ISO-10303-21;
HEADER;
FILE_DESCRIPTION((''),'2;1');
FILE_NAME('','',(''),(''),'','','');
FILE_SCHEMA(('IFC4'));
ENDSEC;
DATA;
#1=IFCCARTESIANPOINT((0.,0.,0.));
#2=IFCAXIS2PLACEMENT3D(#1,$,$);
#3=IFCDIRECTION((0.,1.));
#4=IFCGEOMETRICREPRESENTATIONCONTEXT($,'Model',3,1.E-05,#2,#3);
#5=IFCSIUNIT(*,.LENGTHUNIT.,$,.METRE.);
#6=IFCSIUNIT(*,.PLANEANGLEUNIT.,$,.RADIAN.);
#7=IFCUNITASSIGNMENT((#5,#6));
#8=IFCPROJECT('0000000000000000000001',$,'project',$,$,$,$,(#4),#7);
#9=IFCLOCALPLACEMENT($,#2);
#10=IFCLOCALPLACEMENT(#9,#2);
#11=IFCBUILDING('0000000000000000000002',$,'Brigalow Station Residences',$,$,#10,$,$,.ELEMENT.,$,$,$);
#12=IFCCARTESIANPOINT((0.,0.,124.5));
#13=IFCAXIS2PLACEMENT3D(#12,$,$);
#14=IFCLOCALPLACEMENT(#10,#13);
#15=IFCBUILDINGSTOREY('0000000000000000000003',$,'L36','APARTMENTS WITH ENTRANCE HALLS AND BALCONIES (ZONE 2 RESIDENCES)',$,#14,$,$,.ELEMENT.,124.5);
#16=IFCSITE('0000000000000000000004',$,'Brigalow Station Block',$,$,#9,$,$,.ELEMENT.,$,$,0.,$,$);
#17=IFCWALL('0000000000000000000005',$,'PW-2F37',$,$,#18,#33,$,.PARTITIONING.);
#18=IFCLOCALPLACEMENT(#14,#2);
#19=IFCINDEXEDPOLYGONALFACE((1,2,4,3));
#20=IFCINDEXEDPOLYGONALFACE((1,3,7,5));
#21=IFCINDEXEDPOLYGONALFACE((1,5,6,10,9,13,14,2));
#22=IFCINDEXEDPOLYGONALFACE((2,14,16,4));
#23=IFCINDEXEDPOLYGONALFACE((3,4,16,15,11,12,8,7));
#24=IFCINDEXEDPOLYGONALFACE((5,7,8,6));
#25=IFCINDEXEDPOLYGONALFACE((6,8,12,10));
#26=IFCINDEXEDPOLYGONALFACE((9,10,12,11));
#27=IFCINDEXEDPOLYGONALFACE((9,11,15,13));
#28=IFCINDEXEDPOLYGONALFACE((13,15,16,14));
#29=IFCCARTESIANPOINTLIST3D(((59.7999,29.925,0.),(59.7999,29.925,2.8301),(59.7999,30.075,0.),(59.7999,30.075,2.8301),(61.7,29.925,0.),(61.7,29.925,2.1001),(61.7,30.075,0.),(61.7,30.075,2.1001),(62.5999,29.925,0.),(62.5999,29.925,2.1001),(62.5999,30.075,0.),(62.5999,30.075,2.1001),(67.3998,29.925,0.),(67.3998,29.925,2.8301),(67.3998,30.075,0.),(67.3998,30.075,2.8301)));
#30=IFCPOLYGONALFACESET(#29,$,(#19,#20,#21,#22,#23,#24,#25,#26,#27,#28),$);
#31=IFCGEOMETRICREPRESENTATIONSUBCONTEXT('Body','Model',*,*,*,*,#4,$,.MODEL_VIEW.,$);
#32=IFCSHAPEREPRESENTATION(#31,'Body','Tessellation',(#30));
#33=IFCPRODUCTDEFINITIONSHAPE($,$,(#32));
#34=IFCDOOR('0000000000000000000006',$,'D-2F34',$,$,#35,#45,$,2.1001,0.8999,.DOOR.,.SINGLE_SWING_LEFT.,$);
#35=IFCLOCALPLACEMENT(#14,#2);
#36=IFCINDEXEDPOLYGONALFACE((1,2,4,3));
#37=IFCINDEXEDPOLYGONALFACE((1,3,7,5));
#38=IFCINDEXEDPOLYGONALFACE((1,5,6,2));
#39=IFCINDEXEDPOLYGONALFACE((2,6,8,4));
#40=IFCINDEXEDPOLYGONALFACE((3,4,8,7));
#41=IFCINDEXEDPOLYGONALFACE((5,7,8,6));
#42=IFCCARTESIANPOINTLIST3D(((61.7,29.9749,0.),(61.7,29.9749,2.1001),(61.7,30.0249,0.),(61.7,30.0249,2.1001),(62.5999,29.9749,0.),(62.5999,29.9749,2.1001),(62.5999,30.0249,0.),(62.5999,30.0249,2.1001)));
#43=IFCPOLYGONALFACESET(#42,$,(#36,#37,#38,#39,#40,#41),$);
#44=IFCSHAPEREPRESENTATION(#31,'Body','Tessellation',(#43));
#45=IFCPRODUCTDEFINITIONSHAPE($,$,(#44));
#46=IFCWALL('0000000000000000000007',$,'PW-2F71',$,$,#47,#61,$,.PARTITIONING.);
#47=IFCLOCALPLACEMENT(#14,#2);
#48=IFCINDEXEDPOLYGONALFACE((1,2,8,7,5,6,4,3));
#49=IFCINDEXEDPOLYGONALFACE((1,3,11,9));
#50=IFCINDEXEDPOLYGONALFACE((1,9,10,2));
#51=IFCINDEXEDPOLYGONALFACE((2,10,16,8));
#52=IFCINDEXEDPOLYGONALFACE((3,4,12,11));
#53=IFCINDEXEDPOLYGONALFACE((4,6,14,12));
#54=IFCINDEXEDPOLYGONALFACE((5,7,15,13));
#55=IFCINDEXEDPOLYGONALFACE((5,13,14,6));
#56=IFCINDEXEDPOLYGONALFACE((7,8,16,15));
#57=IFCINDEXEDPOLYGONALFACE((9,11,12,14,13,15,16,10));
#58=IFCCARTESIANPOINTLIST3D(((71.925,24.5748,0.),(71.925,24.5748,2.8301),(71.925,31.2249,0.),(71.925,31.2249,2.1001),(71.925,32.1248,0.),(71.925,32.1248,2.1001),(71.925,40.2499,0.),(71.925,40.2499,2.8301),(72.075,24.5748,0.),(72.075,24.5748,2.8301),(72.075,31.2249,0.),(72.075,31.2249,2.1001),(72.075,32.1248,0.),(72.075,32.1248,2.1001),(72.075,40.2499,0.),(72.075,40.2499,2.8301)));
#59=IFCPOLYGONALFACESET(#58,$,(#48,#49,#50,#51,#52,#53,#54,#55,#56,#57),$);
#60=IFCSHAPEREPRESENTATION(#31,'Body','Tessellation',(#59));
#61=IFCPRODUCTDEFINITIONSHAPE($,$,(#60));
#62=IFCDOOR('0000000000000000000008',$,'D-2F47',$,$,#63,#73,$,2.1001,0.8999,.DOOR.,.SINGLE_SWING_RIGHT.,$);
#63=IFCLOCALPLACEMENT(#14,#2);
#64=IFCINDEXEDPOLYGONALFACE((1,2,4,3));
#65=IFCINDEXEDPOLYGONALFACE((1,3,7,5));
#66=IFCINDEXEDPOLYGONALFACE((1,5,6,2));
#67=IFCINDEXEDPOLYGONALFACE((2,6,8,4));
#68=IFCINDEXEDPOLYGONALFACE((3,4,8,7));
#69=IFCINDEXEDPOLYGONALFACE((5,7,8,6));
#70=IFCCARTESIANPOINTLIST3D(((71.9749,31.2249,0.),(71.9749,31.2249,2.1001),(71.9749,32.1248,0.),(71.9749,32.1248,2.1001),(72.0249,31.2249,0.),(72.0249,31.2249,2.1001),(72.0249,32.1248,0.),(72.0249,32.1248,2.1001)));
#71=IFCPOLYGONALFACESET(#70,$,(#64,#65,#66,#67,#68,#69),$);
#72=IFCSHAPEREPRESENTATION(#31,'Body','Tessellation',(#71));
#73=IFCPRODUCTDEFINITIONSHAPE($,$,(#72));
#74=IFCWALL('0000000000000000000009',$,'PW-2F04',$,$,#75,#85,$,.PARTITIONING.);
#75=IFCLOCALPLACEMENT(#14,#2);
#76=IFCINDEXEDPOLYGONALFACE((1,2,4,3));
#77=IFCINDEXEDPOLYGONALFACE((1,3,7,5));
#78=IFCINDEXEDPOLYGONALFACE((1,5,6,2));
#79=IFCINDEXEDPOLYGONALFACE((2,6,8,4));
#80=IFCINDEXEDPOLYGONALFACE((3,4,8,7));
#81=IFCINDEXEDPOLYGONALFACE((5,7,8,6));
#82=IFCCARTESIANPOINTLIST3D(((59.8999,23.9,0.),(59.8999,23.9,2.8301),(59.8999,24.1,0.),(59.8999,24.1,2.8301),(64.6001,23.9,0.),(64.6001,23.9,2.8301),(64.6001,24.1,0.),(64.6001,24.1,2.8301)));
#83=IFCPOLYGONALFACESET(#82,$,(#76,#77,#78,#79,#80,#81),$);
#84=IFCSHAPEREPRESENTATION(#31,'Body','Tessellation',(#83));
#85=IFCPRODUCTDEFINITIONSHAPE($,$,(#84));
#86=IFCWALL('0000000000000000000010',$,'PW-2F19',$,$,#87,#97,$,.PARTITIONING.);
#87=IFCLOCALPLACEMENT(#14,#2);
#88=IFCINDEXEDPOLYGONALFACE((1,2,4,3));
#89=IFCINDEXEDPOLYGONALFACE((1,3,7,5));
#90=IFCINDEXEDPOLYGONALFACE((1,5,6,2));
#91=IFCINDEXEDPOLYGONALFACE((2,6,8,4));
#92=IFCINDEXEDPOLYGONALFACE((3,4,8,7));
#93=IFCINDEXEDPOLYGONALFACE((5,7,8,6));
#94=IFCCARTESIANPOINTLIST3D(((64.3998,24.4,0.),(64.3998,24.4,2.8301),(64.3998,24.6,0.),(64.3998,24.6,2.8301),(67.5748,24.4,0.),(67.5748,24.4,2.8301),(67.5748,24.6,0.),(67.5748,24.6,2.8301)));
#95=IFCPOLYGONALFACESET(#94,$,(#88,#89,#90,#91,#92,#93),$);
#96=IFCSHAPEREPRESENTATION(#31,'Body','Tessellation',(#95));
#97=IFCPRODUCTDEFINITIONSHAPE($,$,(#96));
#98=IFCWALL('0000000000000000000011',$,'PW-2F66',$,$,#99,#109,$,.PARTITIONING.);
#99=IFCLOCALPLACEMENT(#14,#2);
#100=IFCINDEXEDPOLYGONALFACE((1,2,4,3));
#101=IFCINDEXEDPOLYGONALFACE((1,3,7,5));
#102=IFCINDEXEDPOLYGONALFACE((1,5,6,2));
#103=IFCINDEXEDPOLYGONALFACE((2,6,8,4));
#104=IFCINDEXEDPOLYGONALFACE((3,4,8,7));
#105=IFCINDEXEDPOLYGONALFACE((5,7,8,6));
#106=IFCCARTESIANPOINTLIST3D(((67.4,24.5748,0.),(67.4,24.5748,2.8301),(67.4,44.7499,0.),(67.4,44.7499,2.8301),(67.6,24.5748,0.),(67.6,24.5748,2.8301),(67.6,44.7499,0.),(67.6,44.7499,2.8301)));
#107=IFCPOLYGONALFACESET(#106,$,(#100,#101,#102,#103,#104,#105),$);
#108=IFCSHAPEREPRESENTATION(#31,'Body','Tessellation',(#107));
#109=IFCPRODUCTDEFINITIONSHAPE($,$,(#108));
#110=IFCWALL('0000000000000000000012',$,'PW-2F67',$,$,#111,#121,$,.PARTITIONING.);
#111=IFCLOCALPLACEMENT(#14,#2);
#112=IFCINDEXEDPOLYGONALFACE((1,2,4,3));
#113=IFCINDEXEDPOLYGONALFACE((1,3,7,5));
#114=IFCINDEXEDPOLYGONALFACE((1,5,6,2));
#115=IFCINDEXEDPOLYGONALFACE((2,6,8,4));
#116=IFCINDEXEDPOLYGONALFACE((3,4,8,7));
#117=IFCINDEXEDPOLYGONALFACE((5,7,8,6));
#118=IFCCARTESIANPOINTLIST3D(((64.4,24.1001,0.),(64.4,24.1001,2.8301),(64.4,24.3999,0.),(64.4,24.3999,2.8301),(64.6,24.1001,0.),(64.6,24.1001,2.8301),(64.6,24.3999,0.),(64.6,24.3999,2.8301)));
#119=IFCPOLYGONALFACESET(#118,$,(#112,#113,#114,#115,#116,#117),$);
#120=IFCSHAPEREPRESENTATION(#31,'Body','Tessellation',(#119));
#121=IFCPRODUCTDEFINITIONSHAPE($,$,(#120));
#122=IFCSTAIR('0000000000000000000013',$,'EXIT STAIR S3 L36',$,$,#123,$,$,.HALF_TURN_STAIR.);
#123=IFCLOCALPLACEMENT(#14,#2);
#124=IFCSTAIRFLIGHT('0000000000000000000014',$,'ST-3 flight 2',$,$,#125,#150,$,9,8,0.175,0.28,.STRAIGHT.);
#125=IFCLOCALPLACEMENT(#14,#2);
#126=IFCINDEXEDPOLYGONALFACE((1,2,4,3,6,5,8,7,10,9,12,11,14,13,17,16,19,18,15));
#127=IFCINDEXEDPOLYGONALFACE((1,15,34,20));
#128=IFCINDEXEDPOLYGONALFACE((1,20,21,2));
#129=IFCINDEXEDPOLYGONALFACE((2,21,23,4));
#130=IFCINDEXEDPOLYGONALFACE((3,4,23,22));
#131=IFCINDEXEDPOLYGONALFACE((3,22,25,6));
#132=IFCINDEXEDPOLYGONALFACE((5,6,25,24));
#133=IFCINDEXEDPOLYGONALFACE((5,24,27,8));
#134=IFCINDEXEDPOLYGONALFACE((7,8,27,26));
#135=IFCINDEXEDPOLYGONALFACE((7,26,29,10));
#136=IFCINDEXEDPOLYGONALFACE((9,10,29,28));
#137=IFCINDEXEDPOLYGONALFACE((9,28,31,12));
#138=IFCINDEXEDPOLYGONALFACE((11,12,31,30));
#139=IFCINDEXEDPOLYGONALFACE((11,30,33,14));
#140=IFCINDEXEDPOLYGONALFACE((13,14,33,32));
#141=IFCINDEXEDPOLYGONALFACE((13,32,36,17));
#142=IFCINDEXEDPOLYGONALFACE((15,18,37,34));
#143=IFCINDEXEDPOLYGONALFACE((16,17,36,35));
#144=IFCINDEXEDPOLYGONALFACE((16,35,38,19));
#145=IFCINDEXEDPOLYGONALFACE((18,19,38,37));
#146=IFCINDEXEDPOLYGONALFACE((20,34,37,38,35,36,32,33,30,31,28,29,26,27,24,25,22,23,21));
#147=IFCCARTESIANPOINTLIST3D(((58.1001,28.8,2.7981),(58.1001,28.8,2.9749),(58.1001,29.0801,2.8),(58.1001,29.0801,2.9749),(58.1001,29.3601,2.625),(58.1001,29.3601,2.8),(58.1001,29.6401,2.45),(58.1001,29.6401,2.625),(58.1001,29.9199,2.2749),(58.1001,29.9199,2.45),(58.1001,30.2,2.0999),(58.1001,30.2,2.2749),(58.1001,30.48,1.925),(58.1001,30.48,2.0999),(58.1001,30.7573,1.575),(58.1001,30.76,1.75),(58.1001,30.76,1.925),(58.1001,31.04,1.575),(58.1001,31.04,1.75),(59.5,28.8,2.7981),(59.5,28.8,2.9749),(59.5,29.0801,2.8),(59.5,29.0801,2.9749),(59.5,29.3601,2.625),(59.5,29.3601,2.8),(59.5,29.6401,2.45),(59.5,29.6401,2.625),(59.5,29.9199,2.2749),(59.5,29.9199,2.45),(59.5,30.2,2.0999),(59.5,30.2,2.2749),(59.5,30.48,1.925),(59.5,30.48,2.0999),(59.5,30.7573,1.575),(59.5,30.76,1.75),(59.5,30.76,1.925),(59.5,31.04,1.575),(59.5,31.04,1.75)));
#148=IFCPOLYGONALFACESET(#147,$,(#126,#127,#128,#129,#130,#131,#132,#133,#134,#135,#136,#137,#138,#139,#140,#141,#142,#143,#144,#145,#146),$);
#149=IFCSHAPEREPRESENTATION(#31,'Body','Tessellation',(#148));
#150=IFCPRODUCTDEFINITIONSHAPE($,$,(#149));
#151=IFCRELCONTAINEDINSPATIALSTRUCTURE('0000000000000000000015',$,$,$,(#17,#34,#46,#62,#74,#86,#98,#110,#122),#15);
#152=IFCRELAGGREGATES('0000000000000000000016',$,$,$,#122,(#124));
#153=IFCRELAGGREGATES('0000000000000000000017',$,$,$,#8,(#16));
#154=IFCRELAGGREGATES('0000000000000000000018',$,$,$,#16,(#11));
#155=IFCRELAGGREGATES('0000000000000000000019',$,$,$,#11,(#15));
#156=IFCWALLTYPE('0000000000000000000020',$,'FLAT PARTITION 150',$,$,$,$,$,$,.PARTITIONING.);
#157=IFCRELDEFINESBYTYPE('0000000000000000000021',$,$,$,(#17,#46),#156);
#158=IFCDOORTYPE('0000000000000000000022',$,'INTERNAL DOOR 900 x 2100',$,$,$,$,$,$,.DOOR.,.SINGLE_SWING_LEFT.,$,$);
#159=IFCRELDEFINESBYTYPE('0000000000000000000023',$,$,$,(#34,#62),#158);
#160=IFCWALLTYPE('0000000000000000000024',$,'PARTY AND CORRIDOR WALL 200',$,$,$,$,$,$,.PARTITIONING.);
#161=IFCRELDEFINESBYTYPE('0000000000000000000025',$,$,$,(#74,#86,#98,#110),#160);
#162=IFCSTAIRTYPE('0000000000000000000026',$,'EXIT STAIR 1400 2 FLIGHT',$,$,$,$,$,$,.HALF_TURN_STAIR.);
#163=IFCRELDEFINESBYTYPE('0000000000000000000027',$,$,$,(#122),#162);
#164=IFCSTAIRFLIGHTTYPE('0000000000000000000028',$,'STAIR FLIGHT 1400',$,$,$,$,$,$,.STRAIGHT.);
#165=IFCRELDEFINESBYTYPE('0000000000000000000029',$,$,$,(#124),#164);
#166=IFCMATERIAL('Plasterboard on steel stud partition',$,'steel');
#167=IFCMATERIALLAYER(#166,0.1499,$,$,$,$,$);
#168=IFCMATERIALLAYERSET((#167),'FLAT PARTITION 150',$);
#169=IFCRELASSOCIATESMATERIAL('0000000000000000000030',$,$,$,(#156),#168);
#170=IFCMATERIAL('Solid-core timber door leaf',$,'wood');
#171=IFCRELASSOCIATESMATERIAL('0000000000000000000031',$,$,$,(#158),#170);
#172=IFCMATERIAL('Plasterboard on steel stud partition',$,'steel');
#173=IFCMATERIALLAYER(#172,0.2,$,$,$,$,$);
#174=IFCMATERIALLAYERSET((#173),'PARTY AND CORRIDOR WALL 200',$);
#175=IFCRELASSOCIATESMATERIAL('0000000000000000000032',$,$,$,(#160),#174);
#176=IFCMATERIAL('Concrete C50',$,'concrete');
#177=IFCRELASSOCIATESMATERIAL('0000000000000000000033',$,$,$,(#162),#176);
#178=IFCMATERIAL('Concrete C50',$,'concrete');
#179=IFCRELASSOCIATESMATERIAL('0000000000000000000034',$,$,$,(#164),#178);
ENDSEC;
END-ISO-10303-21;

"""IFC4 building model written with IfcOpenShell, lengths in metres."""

from ifc_helpers import new_model, si_unit, direction, frame, frame_2d, origin, place, context, subcontext, project, spatial, polyline, rectangle, outline, extrude, material, layer, layer_set, type_object, element, fill, aggregate, save


model = new_model("IFC4")

# Units and contexts
model_context = context("Model", 3, precision=1e-05, world=origin(), true_north=direction((0.0, 1.0)))
body_context = subcontext(model_context, "Body", "Model", "MODEL_VIEW")
ifc_project = project(units=[si_unit("LENGTHUNIT", "METRE"), si_unit("PLANEANGLEUNIT", "RADIAN")], contexts=[model_context])

# Site, building, storey
site_placement = place(None, origin())
site = spatial("IfcSite", under=ifc_project, at=site_placement, Name="Brigalow Station Block", CompositionType="ELEMENT", RefElevation=0.0)
building_placement = place(site_placement, origin())
building = spatial("IfcBuilding", under=site, at=building_placement, Name="Brigalow Station Residences", CompositionType="ELEMENT")
storey_placement = place(building_placement, frame((0.0, 0.0, 124.5)))
storey = spatial("IfcBuildingStorey", under=building, at=storey_placement, Name="L36", Description="APARTMENTS WITH ENTRANCE HALLS AND BALCONIES (ZONE 2 RESIDENCES)", CompositionType="ELEMENT", Elevation=124.5)

# Shared definitions
ifc_material_1 = material(Name="Plasterboard on steel stud partition", Category="steel")
ifc_layer_1 = layer(ifc_material_1, 0.1499)
ifc_layer_set_1 = layer_set([ifc_layer_1], Name="FLAT PARTITION 150")
wall_type_1 = type_object("IfcWallType", Name="FLAT PARTITION 150", PredefinedType="PARTITIONING", material=ifc_layer_set_1)

# Walls, openings, doors
ifc_material_2 = material(Name="Solid-core timber door leaf", Category="wood")
door_type_1 = type_object("IfcDoorType", Name="INTERNAL DOOR 900 x 2100", OperationType="SINGLE_SWING_LEFT", PredefinedType="DOOR", material=ifc_material_2)
wall_1_placement = place(storey_placement, frame((59.8, 30.0, 0.0), z_axis=(0.0, 0.0, 1.0), x_axis=(1.0, 0.0, 0.0)))
wall_1 = element("IfcWall", 1, at=wall_1_placement, inside=storey, type_object=wall_type_1, Name="PW-2F37", PredefinedType="PARTITIONING", context=body_context, shape_type="SweptSolid", body=[
    extrude(rectangle(XDim=7.5999, YDim=0.1499, at=frame_2d((3.7998, 0.0))), origin(), (0.0, 0.0, 1.0), 2.8301),
])
opening_1_placement = place(wall_1_placement, frame((1.8999, 0.0, 0.0)))
opening_1 = element("IfcOpeningElement", 2, at=opening_1_placement, cuts=wall_1, PredefinedType="OPENING", context=body_context, shape_type="SweptSolid", body=[
    extrude(rectangle(XDim=0.8999, YDim=2.1001, at=frame_2d((0.45, 1.05))), frame((0.0, 0.085, 0.0), z_axis=(0.0, -1.0, 0.0), x_axis=(1.0, 0.0, 0.0)), (0.0, 0.0, 1.0), 0.1699),
])
door_1_placement = place(opening_1_placement, origin())
door_1 = element("IfcDoor", 3, at=door_1_placement, inside=storey, type_object=door_type_1, Name="D-2F34", OperationType="SINGLE_SWING_LEFT", OverallHeight=2.1001, OverallWidth=0.8999, PredefinedType="DOOR", context=body_context, shape_type="SweptSolid", body=[
    extrude(rectangle(XDim=0.8999, YDim=2.1001, at=frame_2d((0.45, 1.05))), frame((0.0, 0.0249, 0.0), z_axis=(0.0, -1.0, 0.0), x_axis=(1.0, 0.0, 0.0)), (0.0, 0.0, 1.0), 0.05),
])
fill(opening_1, door_1)
wall_2_placement = place(storey_placement, frame((72.0, 24.575, 0.0), z_axis=(0.0, 0.0, 1.0), x_axis=(0.0, 1.0, 0.0)))
wall_2 = element("IfcWall", 4, at=wall_2_placement, inside=storey, type_object=wall_type_1, Name="PW-2F71", PredefinedType="PARTITIONING", context=body_context, shape_type="SweptSolid", body=[
    extrude(rectangle(XDim=15.675, YDim=0.1499, at=frame_2d((7.8374, 0.0))), origin(), (0.0, 0.0, 1.0), 2.8301),
])
opening_2_placement = place(wall_2_placement, frame((6.6499, 0.0, 0.0)))
opening_2 = element("IfcOpeningElement", 5, at=opening_2_placement, cuts=wall_2, PredefinedType="OPENING", context=body_context, shape_type="SweptSolid", body=[
    extrude(rectangle(XDim=0.8999, YDim=2.1001, at=frame_2d((0.45, 1.05))), frame((0.0, 0.085, 0.0), z_axis=(0.0, -1.0, 0.0), x_axis=(1.0, 0.0, 0.0)), (0.0, 0.0, 1.0), 0.1699),
])
door_2_placement = place(opening_2_placement, frame((0.8999, 0.0, 0.0), z_axis=(0.0, 0.0, 1.0), x_axis=(-1.0, 0.0, 0.0)))
door_2 = element("IfcDoor", 6, at=door_2_placement, inside=storey, type_object=door_type_1, Name="D-2F47", OperationType="SINGLE_SWING_RIGHT", OverallHeight=2.1001, OverallWidth=0.8999, PredefinedType="DOOR", context=body_context, shape_type="SweptSolid", body=[
    extrude(rectangle(XDim=0.8999, YDim=2.1001, at=frame_2d((0.45, 1.05))), frame((0.0, 0.0249, 0.0), z_axis=(0.0, -1.0, 0.0), x_axis=(1.0, 0.0, 0.0)), (0.0, 0.0, 1.0), 0.05),
])
fill(opening_2, door_2)

# Walls
ifc_material_3 = material(Name="Plasterboard on steel stud partition", Category="steel")
ifc_layer_2 = layer(ifc_material_3, 0.2)
ifc_layer_set_2 = layer_set([ifc_layer_2], Name="PARTY AND CORRIDOR WALL 200")
wall_type_2 = type_object("IfcWallType", Name="PARTY AND CORRIDOR WALL 200", PredefinedType="PARTITIONING", material=ifc_layer_set_2)
wall_3_placement = place(storey_placement, frame((59.8999, 24.0, 0.0), z_axis=(0.0, 0.0, 1.0), x_axis=(1.0, 0.0, 0.0)))
element("IfcWall", 7, at=wall_3_placement, inside=storey, type_object=wall_type_2, Name="PW-2F04", PredefinedType="PARTITIONING", context=body_context, shape_type="SweptSolid", body=[
    extrude(rectangle(XDim=4.7002, YDim=0.2, at=frame_2d((2.3501, 0.0))), origin(), (0.0, 0.0, 1.0), 2.8301),
])
wall_4_placement = place(storey_placement, frame((64.3999, 24.5, 0.0), z_axis=(0.0, 0.0, 1.0), x_axis=(1.0, 0.0, 0.0)))
element("IfcWall", 8, at=wall_4_placement, inside=storey, type_object=wall_type_2, Name="PW-2F19", PredefinedType="PARTITIONING", context=body_context, shape_type="SweptSolid", body=[
    extrude(rectangle(XDim=3.175, YDim=0.2, at=frame_2d((1.5874, 0.0))), origin(), (0.0, 0.0, 1.0), 2.8301),
])
wall_5_placement = place(storey_placement, frame((67.5, 24.575, 0.0), z_axis=(0.0, 0.0, 1.0), x_axis=(0.0, 1.0, 0.0)))
element("IfcWall", 9, at=wall_5_placement, inside=storey, type_object=wall_type_2, Name="PW-2F66", PredefinedType="PARTITIONING", context=body_context, shape_type="SweptSolid", body=[
    extrude(rectangle(XDim=20.175, YDim=0.2, at=frame_2d((10.0874, 0.0))), origin(), (0.0, 0.0, 1.0), 2.8301),
])
wall_6_placement = place(storey_placement, frame((64.5, 24.1001, 0.0), z_axis=(0.0, 0.0, 1.0), x_axis=(0.0, 1.0, 0.0)))
element("IfcWall", 10, at=wall_6_placement, inside=storey, type_object=wall_type_2, Name="PW-2F67", PredefinedType="PARTITIONING", context=body_context, shape_type="SweptSolid", body=[
    extrude(rectangle(XDim=0.2998, YDim=0.2, at=frame_2d((0.1499, 0.0))), origin(), (0.0, 0.0, 1.0), 2.8301),
])

# Stair, stair flight
ifc_material_4 = material(Name="Concrete C50", Category="concrete")
stair_type = type_object("IfcStairType", Name="EXIT STAIR 1400 2 FLIGHT", PredefinedType="HALF_TURN_STAIR", material=ifc_material_4)
stair_placement = place(storey_placement, origin())
stair = element("IfcStair", 11, at=stair_placement, inside=storey, type_object=stair_type, Name="EXIT STAIR S3 L36", PredefinedType="HALF_TURN_STAIR")
ifc_material_5 = material(Name="Concrete C50", Category="concrete")
stair_flight_type = type_object("IfcStairFlightType", Name="STAIR FLIGHT 1400", PredefinedType="STRAIGHT", material=ifc_material_5)
stair_flight_placement = place(storey_placement, frame((58.8, 31.04, 1.575), z_axis=(0.0, 0.0, 1.0), x_axis=(0.0, -1.0, 0.0)))
stair_flight = element("IfcStairFlight", 12, at=stair_flight_placement, type_object=stair_flight_type, Name="ST-3 flight 2", NumberOfRisers=9, NumberOfTreads=8, PredefinedType="STRAIGHT", RiserHeight=0.175, TreadLength=0.28, context=body_context, shape_type="SweptSolid", body=[
    extrude(outline(polyline([(0.0, 0.0), (0.0, 0.175), (0.28, 0.175), (0.28, 0.3501), (0.5601, 0.3501), (0.5601, 0.5249), (0.8401, 0.5249), (0.8401, 0.7), (1.1201, 0.7), (1.1201, 0.875), (1.3999, 0.875), (1.3999, 1.05), (1.6799, 1.05), (1.6799, 1.2251), (1.96, 1.2251), (1.96, 1.3999), (2.24, 1.3999), (2.24, 1.575), (2.24, 1.2231), (0.2827, 0.0), (0.0, 0.0)])), frame((0.0, 0.7, 0.0), z_axis=(0.0, -1.0, 0.0), x_axis=(1.0, 0.0, 0.0)), (0.0, 0.0, 1.0), 1.3999),
])
aggregate(stair, [stair_flight])

save(model, "model.ifc")
